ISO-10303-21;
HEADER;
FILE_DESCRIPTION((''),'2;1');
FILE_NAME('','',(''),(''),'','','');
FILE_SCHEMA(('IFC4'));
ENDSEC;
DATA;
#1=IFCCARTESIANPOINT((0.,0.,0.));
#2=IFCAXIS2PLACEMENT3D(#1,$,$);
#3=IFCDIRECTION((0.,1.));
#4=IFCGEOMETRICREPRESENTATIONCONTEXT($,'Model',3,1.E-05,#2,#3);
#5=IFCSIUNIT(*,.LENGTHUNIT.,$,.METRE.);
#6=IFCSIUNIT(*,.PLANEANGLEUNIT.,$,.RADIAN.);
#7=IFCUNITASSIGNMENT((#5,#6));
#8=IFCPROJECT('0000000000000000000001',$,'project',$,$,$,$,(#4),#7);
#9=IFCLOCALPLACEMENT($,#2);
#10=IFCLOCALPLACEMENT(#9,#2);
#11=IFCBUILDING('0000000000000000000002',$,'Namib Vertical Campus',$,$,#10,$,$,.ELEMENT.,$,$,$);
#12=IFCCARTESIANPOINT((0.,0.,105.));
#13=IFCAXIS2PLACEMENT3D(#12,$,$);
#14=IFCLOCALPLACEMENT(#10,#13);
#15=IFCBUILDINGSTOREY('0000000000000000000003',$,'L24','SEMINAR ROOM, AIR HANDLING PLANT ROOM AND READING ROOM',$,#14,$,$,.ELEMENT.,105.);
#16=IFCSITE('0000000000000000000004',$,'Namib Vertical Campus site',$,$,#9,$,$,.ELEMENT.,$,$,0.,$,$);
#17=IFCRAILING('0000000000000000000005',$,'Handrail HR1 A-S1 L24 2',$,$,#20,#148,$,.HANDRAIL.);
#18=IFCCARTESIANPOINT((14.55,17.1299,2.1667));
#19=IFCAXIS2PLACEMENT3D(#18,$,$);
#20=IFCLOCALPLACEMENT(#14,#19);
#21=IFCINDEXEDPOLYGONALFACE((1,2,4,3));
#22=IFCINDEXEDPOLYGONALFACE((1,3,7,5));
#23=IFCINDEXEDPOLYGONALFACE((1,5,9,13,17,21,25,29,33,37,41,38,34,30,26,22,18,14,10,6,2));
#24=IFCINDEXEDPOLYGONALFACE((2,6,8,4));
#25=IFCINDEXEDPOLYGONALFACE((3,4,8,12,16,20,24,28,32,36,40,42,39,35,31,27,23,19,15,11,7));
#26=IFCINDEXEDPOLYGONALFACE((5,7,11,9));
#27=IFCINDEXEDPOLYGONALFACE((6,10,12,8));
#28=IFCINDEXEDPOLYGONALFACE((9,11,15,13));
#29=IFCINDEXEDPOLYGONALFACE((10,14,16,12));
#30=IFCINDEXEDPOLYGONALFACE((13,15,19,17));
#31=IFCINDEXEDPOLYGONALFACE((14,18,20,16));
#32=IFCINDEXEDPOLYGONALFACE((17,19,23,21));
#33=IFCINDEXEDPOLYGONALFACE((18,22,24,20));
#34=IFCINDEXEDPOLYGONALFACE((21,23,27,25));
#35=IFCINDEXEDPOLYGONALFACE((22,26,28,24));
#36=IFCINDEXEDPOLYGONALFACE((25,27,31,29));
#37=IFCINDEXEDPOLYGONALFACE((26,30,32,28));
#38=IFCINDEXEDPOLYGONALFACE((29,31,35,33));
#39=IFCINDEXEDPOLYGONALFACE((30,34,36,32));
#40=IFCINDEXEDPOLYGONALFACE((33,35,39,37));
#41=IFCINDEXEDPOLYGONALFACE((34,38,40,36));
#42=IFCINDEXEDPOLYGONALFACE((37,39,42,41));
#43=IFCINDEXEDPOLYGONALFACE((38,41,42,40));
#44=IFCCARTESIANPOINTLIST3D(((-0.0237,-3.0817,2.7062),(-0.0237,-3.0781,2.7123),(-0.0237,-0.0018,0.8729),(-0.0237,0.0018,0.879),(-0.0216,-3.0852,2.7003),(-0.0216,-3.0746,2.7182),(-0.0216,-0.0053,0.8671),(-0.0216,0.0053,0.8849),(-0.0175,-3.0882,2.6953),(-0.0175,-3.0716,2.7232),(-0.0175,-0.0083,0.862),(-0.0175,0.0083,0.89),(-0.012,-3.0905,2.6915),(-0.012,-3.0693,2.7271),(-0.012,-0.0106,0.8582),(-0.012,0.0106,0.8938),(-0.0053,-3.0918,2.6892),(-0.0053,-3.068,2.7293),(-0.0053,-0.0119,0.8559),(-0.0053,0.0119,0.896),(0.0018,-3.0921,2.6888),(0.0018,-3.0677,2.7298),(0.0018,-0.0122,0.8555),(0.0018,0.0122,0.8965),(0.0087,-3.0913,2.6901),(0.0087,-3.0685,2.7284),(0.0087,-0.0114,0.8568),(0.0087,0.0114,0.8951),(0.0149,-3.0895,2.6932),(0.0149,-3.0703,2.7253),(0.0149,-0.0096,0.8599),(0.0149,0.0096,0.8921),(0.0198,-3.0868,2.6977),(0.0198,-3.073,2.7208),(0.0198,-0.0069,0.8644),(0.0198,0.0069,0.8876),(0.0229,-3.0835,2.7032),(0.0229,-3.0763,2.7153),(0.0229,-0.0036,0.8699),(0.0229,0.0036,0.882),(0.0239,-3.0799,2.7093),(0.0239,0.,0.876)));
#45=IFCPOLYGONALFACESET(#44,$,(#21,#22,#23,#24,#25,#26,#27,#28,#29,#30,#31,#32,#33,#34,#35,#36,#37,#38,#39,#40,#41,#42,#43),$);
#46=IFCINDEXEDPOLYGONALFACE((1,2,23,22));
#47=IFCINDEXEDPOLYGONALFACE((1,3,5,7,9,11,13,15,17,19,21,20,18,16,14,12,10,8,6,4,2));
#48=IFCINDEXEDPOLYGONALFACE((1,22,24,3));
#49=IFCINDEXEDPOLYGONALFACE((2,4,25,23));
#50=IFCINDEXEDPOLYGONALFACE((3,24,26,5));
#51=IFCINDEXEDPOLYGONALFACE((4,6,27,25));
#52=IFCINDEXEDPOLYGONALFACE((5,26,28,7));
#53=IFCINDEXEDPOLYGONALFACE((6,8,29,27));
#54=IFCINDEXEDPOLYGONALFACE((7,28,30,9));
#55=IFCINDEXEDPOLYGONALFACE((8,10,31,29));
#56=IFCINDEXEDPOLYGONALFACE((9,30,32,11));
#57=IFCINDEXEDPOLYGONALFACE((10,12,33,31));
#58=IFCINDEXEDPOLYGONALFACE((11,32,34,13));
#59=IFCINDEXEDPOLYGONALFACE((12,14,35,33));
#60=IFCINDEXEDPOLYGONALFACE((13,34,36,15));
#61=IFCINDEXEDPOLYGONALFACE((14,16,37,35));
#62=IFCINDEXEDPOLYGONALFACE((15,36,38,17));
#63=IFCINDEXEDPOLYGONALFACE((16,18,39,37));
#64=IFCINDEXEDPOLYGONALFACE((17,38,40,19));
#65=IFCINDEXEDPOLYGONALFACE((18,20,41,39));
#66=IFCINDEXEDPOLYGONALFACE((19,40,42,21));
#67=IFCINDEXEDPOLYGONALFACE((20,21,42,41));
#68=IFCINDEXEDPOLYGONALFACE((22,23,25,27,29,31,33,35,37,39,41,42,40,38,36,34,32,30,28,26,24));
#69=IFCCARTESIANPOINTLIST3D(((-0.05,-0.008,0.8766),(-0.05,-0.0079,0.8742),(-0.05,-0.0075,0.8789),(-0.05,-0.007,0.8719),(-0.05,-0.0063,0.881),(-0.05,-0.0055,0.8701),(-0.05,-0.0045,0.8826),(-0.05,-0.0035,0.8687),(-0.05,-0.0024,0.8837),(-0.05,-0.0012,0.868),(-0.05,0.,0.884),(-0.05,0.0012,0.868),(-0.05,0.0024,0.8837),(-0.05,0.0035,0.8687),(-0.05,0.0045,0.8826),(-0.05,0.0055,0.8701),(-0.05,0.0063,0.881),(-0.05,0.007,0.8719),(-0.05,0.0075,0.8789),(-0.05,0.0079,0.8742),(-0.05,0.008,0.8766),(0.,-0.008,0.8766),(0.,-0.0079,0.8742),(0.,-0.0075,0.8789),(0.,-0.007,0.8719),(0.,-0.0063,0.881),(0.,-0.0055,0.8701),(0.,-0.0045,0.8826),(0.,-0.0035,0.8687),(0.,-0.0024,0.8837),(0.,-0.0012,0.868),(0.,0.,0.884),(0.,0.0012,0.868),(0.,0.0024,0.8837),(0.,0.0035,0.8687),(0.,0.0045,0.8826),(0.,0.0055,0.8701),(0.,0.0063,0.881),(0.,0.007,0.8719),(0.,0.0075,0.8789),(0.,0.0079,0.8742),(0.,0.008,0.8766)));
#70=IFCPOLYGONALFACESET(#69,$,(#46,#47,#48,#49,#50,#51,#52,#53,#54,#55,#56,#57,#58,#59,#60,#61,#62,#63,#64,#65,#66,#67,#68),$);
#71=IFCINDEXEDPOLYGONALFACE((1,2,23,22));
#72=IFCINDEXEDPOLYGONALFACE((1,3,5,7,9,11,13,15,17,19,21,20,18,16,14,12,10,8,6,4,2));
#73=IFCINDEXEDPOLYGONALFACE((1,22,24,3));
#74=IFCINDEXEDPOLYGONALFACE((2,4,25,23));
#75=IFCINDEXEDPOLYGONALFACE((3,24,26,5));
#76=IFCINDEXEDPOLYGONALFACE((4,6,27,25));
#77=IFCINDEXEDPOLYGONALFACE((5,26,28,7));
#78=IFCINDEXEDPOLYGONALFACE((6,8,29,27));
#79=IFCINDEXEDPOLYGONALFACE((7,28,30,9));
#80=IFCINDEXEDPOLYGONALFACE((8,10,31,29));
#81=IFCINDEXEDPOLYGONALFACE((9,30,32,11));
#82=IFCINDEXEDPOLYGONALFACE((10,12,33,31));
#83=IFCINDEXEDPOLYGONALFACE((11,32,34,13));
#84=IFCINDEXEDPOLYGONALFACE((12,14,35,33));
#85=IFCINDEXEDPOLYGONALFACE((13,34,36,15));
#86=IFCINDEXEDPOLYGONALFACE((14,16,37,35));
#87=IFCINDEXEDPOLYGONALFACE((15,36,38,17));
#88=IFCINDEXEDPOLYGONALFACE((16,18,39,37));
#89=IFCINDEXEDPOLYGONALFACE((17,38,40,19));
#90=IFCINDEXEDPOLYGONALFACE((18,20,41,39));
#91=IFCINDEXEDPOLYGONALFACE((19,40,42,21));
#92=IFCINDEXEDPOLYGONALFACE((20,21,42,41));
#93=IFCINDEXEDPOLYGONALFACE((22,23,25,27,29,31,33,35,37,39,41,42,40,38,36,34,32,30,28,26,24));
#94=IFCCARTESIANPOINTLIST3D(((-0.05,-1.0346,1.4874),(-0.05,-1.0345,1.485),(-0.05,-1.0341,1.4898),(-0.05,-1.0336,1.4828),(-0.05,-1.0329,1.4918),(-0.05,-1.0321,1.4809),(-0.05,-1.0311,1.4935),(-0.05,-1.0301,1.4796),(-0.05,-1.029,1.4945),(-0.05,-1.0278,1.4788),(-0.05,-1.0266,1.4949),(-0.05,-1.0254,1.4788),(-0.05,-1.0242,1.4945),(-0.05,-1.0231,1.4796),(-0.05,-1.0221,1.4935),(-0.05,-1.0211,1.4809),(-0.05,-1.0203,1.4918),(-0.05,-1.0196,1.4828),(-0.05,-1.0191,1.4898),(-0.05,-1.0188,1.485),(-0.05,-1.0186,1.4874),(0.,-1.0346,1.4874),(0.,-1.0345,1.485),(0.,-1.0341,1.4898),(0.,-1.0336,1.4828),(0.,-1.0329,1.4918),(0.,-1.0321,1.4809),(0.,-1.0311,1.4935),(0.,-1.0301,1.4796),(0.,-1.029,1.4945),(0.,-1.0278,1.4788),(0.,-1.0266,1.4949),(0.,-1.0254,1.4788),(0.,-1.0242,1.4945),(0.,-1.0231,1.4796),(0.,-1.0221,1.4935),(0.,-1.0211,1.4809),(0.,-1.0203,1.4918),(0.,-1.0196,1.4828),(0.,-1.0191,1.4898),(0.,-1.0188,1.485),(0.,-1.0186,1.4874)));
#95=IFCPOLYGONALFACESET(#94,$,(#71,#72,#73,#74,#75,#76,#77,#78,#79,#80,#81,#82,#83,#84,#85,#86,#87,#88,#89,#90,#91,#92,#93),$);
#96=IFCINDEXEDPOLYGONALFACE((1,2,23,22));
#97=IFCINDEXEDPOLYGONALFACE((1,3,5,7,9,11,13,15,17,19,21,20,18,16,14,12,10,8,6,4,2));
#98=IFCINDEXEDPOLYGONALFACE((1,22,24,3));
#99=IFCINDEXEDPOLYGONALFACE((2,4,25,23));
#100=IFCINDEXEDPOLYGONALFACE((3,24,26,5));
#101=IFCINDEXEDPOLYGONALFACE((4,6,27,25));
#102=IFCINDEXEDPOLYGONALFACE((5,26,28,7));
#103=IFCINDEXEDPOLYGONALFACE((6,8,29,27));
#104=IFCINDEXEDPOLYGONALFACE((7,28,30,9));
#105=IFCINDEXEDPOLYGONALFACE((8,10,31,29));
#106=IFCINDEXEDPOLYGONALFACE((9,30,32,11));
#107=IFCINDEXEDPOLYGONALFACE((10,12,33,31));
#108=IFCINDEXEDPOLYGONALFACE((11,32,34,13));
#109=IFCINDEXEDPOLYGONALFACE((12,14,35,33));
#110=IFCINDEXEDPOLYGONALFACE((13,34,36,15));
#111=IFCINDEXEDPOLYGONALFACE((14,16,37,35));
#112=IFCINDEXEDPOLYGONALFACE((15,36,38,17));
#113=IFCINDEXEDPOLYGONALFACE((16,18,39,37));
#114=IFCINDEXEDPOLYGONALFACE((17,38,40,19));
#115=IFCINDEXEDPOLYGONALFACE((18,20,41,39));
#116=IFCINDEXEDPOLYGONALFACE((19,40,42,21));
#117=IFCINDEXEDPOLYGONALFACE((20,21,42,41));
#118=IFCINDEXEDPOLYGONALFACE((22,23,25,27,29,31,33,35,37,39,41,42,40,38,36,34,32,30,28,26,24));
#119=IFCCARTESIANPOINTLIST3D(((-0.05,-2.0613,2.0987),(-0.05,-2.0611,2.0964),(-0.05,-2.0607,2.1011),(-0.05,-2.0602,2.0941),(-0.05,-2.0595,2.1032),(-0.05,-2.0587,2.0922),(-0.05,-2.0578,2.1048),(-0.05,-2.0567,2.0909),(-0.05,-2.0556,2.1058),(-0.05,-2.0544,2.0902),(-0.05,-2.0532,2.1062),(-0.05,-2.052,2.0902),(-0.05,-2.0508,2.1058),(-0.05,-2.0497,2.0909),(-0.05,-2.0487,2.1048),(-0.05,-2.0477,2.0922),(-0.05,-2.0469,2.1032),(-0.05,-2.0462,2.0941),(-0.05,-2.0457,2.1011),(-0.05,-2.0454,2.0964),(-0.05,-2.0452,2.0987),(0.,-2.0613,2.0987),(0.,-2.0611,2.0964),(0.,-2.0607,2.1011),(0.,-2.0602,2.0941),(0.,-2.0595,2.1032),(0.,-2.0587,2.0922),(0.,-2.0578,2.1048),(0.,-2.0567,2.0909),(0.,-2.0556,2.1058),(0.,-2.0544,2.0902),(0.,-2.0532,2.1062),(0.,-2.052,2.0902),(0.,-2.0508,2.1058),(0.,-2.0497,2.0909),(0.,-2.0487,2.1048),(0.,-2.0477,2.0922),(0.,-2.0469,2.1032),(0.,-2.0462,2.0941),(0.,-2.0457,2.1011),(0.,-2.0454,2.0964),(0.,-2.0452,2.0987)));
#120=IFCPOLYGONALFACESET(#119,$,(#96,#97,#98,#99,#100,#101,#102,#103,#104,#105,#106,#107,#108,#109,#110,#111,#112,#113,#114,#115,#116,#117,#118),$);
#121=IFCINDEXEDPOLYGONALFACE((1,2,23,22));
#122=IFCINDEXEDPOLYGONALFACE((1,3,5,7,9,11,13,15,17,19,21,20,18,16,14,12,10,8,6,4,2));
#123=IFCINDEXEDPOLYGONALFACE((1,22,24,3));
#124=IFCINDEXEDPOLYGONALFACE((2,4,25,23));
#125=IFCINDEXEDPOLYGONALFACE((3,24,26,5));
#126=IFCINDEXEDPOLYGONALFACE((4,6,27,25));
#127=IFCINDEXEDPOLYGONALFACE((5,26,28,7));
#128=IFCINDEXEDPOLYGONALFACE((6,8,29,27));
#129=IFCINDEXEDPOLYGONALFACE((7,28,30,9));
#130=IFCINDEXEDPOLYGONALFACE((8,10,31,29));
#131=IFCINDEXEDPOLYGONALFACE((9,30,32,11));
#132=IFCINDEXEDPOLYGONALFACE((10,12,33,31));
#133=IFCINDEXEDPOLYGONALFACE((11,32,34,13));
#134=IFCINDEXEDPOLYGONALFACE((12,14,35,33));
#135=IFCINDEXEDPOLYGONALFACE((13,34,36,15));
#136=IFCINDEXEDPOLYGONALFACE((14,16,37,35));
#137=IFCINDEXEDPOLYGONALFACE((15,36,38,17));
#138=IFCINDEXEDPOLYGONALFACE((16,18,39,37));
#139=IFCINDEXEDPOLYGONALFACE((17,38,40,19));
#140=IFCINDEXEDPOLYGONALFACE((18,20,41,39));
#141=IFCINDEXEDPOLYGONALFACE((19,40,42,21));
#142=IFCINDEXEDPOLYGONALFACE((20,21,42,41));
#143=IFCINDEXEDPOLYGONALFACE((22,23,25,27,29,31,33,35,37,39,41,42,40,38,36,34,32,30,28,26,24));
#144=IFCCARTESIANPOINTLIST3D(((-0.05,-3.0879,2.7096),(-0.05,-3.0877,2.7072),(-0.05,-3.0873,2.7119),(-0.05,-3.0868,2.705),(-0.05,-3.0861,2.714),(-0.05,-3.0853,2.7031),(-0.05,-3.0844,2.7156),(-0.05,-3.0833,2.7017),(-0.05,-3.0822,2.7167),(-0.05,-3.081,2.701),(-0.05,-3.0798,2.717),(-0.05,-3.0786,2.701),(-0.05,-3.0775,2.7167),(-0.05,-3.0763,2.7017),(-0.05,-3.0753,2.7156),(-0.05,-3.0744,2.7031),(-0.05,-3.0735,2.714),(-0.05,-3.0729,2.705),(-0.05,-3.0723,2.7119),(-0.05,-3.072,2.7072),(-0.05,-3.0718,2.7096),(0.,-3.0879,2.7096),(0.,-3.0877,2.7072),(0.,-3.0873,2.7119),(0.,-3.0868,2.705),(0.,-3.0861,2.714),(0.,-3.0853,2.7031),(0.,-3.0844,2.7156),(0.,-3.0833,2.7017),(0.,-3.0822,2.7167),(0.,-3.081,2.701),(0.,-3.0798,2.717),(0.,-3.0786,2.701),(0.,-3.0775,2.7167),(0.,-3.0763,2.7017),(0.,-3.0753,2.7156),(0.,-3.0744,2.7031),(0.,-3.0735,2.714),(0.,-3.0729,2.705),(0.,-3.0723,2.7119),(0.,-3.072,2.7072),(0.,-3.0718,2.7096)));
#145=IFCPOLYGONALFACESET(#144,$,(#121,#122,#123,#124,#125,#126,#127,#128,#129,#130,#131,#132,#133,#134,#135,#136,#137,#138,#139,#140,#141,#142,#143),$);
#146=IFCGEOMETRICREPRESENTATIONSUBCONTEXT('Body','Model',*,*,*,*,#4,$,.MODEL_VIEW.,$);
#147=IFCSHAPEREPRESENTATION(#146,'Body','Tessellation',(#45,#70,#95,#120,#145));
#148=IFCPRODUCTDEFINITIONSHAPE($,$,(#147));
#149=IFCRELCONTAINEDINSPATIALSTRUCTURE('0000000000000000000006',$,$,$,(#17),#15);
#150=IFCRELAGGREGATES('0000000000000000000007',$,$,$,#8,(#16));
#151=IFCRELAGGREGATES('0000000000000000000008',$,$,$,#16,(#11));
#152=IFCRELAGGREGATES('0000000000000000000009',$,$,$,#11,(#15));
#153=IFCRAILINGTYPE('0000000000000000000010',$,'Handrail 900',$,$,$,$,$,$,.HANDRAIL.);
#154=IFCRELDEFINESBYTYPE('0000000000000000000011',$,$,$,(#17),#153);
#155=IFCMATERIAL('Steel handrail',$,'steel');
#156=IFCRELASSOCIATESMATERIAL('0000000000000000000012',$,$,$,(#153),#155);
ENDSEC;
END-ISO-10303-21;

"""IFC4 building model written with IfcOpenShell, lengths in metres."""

from ifc_helpers import new_model, si_unit, direction, frame, origin, origin_2d, place, context, subcontext, project, spatial, circle, extrude, material, type_object, element, save


model = new_model("IFC4")

# Units and contexts
model_context = context("Model", 3, precision=1e-05, world=origin(), true_north=direction((0.0, 1.0)))
body_context = subcontext(model_context, "Body", "Model", "MODEL_VIEW")
ifc_project = project(units=[si_unit("LENGTHUNIT", "METRE"), si_unit("PLANEANGLEUNIT", "RADIAN")], contexts=[model_context])

# Site, building, storey
site_placement = place(None, origin())
site = spatial("IfcSite", under=ifc_project, at=site_placement, Name="Namib Vertical Campus site", CompositionType="ELEMENT", RefElevation=0.0)
building_placement = place(site_placement, origin())
building = spatial("IfcBuilding", under=site, at=building_placement, Name="Namib Vertical Campus", CompositionType="ELEMENT")
storey_placement = place(building_placement, frame((0.0, 0.0, 105.0)))
storey = spatial("IfcBuildingStorey", under=building, at=storey_placement, Name="L24", Description="SEMINAR ROOM, AIR HANDLING PLANT ROOM AND READING ROOM", CompositionType="ELEMENT", Elevation=105.0)

# Railing
ifc_material_1 = material(Name="Steel handrail", Category="steel")
railing_type_1 = type_object("IfcRailingType", Name="Handrail 900", PredefinedType="HANDRAIL", material=ifc_material_1)
railing_1_placement = place(storey_placement, frame((14.55, 17.1299, 2.1667)))
element("IfcRailing", 1, at=railing_1_placement, inside=storey, type_object=railing_type_1, Name="Handrail HR1 A-S1 L24 2", PredefinedType="HANDRAIL", context=body_context, shape_type="SweptSolid", body=[
    extrude(circle(Radius=0.0239, at=origin_2d()), frame((0.0, 0.0, 0.876), z_axis=(0.0, -0.859291, 0.511487), x_axis=(1.0, 0.0, 0.0)), (0.0, 0.0, 1.0), 3.5842),
    extrude(circle(Radius=0.0081, at=origin_2d()), frame((0.0, 0.0, 0.876), z_axis=(-1.0, 0.0, 0.0), x_axis=(0.0, 0.0, 1.0)), (0.0, 0.0, 1.0), 0.05),
    extrude(circle(Radius=0.0081, at=origin_2d()), frame((0.0, -1.0266, 1.4868), z_axis=(-1.0, 0.0, 0.0), x_axis=(0.0, 0.0, 1.0)), (0.0, 0.0, 1.0), 0.05),
    extrude(circle(Radius=0.0081, at=origin_2d()), frame((0.0, -2.0532, 2.0981), z_axis=(-1.0, 0.0, 0.0), x_axis=(0.0, 0.0, 1.0)), (0.0, 0.0, 1.0), 0.05),
    extrude(circle(Radius=0.0081, at=origin_2d()), frame((0.0, -3.0798, 2.709), z_axis=(-1.0, 0.0, 0.0), x_axis=(0.0, 0.0, 1.0)), (0.0, 0.0, 1.0), 0.05),
])

save(model, "model.ifc")
